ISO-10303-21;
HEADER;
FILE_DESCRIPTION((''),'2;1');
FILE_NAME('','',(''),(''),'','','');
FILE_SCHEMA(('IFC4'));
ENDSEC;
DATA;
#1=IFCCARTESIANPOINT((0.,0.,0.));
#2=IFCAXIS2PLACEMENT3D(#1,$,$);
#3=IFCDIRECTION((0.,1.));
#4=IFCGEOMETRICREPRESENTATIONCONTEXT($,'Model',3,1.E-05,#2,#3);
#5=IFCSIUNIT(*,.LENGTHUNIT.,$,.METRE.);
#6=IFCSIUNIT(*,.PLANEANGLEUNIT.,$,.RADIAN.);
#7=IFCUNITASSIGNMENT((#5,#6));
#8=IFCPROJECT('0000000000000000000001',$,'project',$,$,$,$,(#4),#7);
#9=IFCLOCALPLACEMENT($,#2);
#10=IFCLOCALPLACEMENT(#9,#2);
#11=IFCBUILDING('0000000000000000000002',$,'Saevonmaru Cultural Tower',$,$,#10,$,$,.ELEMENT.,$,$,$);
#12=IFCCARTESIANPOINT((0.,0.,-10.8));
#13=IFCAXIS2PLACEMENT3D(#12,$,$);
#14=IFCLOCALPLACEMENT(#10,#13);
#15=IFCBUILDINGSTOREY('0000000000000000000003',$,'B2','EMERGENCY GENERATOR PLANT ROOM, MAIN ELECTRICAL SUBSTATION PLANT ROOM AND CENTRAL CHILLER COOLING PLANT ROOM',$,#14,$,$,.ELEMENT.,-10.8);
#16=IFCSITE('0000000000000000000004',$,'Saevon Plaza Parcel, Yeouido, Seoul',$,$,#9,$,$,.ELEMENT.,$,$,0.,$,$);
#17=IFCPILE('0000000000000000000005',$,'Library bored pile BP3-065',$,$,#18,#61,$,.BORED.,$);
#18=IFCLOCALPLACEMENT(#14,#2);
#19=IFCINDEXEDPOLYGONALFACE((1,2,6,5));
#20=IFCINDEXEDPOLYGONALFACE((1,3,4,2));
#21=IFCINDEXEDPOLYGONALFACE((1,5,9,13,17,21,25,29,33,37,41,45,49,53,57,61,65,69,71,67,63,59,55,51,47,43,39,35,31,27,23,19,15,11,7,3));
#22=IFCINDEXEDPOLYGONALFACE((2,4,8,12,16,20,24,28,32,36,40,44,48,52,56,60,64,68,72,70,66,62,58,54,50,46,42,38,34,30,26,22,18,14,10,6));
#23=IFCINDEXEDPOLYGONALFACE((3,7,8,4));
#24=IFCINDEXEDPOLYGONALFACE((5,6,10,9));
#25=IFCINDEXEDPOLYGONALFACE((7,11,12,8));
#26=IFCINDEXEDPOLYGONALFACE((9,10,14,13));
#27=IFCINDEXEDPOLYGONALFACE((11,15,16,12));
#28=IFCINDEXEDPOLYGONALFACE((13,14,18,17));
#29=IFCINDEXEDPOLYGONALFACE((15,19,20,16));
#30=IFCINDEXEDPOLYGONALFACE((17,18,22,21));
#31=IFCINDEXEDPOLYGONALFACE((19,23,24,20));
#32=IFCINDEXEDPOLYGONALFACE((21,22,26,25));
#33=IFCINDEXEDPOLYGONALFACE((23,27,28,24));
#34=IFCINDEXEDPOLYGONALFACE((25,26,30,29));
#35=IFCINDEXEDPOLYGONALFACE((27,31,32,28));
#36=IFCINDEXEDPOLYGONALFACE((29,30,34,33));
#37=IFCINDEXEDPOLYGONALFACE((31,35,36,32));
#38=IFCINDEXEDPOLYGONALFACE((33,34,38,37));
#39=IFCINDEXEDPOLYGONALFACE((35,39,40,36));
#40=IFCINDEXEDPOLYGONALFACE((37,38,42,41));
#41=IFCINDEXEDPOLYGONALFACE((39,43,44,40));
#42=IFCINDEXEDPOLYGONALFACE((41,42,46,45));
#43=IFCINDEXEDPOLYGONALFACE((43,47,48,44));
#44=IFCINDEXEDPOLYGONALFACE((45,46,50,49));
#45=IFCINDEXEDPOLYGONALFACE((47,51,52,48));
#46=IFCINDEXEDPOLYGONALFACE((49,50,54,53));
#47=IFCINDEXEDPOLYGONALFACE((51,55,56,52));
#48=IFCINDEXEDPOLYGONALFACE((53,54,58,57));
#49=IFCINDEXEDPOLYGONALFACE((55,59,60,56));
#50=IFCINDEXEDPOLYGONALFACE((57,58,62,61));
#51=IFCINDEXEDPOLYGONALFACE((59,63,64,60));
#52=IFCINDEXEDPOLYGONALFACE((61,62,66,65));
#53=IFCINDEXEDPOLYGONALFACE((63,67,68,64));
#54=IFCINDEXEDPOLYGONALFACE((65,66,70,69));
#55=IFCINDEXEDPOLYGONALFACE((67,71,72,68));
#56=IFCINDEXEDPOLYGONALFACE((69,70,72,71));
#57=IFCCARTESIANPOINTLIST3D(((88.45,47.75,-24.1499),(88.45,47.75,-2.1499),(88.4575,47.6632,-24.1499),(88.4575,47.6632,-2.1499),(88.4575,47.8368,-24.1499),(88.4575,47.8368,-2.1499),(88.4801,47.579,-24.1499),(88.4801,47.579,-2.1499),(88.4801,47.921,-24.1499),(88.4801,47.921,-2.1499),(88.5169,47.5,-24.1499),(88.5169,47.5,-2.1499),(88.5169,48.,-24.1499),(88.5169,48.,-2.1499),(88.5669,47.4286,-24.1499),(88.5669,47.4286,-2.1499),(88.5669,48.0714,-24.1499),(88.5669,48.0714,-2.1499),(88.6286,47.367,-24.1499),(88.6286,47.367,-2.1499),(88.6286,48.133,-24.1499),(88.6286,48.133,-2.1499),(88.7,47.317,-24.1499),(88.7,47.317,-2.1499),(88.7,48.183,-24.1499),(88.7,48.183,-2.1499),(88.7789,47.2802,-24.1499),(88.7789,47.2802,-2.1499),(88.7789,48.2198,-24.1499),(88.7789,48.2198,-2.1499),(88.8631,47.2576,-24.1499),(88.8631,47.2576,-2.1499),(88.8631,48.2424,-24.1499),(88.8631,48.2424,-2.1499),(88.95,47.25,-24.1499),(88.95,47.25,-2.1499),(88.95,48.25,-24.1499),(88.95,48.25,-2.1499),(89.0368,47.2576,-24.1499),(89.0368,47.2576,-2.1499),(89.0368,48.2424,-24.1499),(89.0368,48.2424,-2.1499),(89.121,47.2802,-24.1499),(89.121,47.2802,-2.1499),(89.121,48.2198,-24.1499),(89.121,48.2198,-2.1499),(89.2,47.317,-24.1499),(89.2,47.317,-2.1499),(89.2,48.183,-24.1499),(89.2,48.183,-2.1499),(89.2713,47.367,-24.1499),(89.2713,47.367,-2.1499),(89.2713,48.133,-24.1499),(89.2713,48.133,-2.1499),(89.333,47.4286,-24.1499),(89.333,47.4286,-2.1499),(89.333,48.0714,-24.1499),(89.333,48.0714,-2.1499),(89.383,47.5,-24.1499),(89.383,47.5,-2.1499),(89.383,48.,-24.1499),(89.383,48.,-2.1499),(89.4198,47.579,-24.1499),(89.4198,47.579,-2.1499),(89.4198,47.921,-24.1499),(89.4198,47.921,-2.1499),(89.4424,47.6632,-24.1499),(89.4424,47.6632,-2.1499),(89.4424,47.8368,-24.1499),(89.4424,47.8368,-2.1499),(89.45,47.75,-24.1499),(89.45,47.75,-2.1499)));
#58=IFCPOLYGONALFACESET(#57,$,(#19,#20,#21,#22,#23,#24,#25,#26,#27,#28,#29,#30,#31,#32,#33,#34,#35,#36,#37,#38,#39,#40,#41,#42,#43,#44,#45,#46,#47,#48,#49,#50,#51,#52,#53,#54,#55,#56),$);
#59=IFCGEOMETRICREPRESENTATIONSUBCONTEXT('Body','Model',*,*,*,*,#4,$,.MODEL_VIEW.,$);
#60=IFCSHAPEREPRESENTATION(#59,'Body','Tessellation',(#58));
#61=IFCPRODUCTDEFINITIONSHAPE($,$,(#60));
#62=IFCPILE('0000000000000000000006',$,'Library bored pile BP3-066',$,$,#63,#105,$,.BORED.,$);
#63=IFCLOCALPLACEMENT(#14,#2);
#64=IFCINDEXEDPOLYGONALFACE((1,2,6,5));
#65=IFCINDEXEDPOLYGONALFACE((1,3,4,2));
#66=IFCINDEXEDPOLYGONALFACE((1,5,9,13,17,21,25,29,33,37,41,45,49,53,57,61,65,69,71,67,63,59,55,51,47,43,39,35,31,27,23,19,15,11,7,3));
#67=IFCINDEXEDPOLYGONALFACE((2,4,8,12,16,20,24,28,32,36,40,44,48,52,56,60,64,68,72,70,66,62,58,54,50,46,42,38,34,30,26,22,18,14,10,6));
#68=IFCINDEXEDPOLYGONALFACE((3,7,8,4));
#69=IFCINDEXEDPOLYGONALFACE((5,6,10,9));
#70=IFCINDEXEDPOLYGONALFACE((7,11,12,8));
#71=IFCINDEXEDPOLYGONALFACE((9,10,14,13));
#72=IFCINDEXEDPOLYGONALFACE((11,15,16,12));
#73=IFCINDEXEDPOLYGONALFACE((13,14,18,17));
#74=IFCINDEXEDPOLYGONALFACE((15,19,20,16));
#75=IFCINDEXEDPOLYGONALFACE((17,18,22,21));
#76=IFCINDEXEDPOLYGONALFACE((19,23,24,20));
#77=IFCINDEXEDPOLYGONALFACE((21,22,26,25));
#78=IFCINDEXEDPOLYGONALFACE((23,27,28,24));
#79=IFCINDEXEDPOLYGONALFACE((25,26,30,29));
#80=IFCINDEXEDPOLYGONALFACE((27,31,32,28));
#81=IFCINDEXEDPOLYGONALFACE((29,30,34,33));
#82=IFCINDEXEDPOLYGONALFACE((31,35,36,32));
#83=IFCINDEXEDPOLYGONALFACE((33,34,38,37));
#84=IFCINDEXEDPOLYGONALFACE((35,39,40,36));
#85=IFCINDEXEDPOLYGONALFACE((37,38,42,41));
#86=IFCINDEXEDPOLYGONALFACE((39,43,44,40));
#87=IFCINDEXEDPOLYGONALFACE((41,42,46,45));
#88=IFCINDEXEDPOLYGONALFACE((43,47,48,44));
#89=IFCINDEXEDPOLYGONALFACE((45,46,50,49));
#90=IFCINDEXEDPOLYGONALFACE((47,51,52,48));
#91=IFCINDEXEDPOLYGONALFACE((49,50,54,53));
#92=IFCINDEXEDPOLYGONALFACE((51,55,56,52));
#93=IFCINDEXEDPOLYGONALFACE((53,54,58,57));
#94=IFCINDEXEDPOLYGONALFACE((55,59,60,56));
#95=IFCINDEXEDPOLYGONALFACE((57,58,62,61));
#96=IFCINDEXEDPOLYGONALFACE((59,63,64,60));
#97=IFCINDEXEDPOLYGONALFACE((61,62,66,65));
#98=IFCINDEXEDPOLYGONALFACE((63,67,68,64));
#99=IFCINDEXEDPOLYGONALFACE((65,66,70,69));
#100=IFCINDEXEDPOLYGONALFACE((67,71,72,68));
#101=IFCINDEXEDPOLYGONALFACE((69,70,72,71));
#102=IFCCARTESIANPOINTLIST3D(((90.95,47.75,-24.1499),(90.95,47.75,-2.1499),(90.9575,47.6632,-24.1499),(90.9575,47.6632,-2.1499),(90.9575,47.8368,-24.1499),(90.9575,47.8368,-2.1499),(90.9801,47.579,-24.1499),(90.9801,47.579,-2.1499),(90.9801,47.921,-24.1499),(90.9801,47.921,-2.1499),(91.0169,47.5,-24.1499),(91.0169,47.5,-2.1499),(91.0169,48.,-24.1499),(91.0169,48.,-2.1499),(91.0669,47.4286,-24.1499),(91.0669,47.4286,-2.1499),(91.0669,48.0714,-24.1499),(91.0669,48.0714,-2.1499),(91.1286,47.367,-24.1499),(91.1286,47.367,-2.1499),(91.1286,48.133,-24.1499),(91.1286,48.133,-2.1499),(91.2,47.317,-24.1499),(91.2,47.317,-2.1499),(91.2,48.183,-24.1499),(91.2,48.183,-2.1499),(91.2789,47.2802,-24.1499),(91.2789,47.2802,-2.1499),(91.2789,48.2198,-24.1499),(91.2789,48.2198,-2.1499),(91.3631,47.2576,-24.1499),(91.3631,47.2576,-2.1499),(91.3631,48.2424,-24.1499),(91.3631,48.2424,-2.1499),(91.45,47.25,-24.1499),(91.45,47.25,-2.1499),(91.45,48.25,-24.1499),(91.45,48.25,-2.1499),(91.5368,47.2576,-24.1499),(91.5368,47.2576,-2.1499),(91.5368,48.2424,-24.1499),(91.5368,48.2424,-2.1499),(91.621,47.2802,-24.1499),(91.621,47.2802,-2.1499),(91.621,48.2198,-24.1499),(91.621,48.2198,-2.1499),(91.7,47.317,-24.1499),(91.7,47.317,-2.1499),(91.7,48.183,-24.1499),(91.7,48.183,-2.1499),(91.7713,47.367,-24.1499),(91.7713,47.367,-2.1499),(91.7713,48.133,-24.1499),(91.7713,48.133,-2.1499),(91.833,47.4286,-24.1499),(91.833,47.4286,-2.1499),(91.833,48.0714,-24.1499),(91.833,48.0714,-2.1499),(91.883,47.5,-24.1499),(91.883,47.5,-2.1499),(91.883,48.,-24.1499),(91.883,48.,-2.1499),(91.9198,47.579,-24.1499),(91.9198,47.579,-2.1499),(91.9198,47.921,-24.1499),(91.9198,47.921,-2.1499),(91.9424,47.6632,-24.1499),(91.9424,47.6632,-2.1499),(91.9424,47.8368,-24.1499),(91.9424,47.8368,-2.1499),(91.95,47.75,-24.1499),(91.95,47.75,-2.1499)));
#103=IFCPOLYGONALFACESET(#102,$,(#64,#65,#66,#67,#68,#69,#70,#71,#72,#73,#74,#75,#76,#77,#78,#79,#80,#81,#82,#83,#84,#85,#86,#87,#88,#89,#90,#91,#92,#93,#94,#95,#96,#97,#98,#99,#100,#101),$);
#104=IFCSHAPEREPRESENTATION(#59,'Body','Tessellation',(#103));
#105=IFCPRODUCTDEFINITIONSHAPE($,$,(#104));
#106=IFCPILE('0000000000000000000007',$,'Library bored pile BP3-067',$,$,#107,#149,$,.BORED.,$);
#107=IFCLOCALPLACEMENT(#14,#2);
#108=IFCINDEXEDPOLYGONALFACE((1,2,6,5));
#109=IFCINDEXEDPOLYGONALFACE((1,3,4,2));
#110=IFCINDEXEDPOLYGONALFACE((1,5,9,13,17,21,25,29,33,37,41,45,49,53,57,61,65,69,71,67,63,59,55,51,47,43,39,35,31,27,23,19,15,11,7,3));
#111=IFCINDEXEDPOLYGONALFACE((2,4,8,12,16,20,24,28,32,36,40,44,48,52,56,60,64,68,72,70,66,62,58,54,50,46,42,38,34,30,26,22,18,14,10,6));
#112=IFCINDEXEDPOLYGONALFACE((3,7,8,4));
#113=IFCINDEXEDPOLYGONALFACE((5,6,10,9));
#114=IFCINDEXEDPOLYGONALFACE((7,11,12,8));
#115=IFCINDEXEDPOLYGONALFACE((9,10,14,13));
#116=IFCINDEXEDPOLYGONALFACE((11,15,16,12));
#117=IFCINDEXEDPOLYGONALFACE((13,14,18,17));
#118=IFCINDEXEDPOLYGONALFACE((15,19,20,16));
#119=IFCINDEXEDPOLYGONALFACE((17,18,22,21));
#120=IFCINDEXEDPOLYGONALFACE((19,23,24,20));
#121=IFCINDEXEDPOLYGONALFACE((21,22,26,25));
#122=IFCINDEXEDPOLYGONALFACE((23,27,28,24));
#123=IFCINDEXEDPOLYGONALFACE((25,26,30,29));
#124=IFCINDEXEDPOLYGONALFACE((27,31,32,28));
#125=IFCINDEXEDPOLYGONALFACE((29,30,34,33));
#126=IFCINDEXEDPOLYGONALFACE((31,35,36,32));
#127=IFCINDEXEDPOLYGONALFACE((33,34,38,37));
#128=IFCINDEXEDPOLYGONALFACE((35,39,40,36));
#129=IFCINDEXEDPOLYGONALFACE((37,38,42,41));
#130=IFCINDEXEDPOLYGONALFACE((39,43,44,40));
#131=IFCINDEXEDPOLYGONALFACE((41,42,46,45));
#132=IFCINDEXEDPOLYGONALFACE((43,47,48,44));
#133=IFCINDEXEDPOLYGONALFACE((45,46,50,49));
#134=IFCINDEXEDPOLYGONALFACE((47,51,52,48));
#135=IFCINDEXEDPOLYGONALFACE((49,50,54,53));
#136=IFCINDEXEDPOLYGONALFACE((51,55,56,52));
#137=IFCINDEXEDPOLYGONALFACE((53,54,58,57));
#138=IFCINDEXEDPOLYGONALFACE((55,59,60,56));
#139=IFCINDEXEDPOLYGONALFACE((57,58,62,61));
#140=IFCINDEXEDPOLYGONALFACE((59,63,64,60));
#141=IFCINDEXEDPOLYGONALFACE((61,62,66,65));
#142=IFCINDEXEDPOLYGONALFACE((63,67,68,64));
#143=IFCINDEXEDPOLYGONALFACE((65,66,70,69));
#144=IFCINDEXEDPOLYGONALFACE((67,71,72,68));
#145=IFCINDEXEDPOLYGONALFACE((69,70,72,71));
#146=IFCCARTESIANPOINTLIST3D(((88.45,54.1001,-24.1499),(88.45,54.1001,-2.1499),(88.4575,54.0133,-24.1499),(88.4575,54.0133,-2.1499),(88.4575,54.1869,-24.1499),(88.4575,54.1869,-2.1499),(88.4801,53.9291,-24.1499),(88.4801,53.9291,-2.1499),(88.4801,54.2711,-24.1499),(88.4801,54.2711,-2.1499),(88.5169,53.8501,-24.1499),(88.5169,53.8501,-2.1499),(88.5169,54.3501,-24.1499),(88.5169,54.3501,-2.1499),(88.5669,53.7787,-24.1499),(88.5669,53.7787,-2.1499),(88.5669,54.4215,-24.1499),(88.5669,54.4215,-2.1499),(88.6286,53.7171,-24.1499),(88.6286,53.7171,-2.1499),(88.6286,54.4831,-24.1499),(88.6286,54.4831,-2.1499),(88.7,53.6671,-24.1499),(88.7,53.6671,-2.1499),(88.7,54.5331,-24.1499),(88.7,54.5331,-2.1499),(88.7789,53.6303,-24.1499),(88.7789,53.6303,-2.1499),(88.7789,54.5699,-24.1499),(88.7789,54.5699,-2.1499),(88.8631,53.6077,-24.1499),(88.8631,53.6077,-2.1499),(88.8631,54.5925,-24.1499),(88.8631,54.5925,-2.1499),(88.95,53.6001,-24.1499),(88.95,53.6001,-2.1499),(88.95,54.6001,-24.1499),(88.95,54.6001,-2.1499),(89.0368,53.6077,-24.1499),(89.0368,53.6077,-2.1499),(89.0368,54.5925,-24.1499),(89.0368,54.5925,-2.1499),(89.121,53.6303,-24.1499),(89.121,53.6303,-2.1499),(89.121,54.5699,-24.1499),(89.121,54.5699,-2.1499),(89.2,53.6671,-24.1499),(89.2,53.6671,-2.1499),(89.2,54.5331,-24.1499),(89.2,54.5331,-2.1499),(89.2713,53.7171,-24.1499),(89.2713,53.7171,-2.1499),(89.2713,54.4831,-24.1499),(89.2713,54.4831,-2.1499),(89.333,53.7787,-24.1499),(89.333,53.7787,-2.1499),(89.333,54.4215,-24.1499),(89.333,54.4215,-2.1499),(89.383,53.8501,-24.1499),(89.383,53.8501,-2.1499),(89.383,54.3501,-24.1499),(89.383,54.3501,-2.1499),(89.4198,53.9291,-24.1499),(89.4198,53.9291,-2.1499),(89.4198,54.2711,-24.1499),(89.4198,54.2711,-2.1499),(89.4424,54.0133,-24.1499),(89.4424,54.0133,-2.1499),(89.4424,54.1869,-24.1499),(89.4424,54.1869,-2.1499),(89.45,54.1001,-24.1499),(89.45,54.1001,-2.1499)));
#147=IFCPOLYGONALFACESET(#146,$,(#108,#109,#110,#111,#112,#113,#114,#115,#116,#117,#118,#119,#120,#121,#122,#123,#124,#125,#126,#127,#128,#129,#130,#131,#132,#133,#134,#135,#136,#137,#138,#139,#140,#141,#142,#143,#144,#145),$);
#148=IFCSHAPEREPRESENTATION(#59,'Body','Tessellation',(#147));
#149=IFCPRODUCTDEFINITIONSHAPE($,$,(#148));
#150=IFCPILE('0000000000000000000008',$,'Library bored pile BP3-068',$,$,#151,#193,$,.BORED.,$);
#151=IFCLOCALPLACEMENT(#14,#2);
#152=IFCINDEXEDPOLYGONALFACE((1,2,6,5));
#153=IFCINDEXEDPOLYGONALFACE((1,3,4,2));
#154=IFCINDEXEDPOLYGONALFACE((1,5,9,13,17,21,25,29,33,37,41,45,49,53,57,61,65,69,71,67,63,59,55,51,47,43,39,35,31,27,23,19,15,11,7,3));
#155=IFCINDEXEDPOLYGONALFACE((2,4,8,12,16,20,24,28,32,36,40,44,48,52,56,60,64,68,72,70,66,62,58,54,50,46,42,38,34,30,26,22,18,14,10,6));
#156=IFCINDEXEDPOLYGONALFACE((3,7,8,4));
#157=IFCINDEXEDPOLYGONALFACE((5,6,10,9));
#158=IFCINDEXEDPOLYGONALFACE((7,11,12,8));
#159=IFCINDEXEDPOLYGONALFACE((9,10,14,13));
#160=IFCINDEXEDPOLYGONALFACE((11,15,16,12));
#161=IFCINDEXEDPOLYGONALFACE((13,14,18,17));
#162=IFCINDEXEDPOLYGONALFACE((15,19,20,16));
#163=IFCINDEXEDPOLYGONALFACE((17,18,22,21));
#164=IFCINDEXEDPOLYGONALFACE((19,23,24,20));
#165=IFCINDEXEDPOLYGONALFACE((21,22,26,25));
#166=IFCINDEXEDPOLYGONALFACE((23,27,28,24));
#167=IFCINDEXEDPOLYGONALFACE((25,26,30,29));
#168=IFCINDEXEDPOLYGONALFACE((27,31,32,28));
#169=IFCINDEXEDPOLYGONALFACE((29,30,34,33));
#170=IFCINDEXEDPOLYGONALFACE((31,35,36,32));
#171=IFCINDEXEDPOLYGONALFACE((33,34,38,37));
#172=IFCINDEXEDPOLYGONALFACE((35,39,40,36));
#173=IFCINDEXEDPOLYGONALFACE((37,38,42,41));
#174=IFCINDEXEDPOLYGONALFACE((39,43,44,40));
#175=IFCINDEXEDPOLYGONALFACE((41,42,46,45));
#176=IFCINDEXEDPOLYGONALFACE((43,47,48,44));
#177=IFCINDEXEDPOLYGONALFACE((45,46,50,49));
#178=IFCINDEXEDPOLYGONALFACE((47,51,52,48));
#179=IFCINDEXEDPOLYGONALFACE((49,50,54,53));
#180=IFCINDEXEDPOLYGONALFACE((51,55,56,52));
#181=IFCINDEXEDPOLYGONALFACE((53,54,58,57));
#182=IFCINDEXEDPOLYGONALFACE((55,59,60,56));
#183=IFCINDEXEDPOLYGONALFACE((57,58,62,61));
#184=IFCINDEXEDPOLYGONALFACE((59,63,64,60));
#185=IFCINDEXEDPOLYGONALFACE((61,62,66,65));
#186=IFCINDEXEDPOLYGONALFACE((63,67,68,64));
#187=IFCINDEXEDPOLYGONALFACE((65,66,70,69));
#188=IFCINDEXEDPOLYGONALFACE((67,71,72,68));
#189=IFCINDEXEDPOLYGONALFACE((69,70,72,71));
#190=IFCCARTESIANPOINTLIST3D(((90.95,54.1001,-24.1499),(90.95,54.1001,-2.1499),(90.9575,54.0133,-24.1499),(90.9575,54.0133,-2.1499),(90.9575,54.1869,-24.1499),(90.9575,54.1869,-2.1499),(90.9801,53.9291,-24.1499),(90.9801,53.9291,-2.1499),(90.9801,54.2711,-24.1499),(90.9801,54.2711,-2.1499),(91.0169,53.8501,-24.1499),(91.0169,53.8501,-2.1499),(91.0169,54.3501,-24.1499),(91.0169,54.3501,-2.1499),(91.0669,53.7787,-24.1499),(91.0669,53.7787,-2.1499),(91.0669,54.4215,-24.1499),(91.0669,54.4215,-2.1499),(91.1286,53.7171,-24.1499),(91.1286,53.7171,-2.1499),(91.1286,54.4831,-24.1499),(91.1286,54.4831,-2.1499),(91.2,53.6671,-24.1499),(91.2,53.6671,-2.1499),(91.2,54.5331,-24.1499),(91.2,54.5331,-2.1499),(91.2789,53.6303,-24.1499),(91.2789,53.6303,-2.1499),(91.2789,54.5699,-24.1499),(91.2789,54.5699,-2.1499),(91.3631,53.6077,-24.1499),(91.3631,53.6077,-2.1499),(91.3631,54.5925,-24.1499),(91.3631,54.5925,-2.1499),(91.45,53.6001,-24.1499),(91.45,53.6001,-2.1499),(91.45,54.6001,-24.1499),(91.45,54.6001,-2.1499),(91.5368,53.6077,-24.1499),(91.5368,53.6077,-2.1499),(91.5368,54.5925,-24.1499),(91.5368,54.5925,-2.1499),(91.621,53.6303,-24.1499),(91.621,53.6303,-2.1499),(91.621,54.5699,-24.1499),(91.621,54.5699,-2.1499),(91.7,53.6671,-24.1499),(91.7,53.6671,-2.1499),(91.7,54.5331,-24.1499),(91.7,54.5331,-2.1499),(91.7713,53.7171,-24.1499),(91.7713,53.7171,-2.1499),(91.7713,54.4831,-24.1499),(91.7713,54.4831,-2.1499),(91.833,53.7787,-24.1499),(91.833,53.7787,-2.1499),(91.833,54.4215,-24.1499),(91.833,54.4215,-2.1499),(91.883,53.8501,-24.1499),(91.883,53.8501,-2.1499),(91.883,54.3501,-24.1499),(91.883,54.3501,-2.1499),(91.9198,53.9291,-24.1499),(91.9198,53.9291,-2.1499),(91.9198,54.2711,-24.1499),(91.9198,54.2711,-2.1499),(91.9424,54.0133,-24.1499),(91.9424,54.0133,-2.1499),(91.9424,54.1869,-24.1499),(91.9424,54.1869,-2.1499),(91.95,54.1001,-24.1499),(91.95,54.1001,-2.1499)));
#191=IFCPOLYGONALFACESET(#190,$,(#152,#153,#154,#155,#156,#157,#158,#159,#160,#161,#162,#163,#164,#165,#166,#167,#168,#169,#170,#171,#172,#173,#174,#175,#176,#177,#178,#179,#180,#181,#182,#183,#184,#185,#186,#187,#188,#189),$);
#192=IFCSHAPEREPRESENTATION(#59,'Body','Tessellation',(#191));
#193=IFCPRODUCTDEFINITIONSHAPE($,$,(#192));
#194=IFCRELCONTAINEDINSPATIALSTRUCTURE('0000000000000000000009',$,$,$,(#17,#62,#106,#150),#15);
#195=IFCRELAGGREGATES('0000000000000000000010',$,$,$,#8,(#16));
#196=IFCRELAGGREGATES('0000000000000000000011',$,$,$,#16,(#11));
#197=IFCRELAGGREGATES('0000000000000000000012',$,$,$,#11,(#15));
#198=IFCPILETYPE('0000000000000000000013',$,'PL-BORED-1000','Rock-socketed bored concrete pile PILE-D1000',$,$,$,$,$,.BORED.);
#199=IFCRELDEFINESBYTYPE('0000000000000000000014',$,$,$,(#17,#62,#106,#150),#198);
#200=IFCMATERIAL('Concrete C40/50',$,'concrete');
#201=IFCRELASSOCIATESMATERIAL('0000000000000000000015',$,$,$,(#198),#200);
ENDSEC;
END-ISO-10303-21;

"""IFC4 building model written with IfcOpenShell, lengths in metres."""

from ifc_helpers import new_model, si_unit, direction, frame, origin, origin_2d, place, context, subcontext, project, spatial, circle, extrude, material, material_profile, profile_set, type_object, element, save


model = new_model("IFC4")

# Units and contexts
model_context = context("Model", 3, precision=1e-05, world=origin(), true_north=direction((0.0, 1.0)))
body_context = subcontext(model_context, "Body", "Model", "MODEL_VIEW")
ifc_project = project(units=[si_unit("LENGTHUNIT", "METRE"), si_unit("PLANEANGLEUNIT", "RADIAN")], contexts=[model_context])

# Site, building, storey
site_placement = place(None, origin())
site = spatial("IfcSite", under=ifc_project, at=site_placement, Name="Saevon Plaza Parcel, Yeouido, Seoul", CompositionType="ELEMENT", RefElevation=0.0)
building_placement = place(site_placement, origin())
building = spatial("IfcBuilding", under=site, at=building_placement, Name="Saevonmaru Cultural Tower", CompositionType="ELEMENT")
storey_placement = place(building_placement, frame((0.0, 0.0, -10.8)))
storey = spatial("IfcBuildingStorey", under=building, at=storey_placement, Name="B2", Description="EMERGENCY GENERATOR PLANT ROOM, MAIN ELECTRICAL SUBSTATION PLANT ROOM AND CENTRAL CHILLER COOLING PLANT ROOM", CompositionType="ELEMENT", Elevation=-10.8)

# Piles
ifc_material_1 = material(Name="Concrete C40/50", Category="concrete")
ifc_material_profile_1 = material_profile(ifc_material_1, circle(Radius=0.5, at=origin_2d()), Name="PILE-D1000")
ifc_profile_set_1 = profile_set([ifc_material_profile_1], Name="Concrete C40/50")
pile_type_1 = type_object("IfcPileType", Name="PL-BORED-1000", Description="Rock-socketed bored concrete pile PILE-D1000", PredefinedType="BORED", material=ifc_profile_set_1)
for number, where, z_axis, x_axis, name in (
    (1, (88.95, 47.75, -2.1499), (0.0, 0.0, -1.0), (1.0, 0.0, 0.0), "Library bored pile BP3-065"),
    (2, (91.45, 47.75, -2.1499), (0.0, 0.0, -1.0), (1.0, 0.0, 0.0), "Library bored pile BP3-066"),
    (3, (88.95, 54.1001, -2.1499), (0.0, 0.0, -1.0), (1.0, 0.0, 0.0), "Library bored pile BP3-067"),
    (4, (91.45, 54.1001, -2.1499), (0.0, 0.0, -1.0), (1.0, 0.0, 0.0), "Library bored pile BP3-068"),
):
    element("IfcPile", number, at=place(storey_placement, frame(where, z_axis=z_axis, x_axis=x_axis)), inside=storey, type_object=pile_type_1, Name=name, PredefinedType="BORED", context=body_context, shape_type="SweptSolid", body=[
        extrude(circle(Radius=0.5, at=origin_2d()), origin(), (0.0, 0.0, 1.0), 22.0),
    ])

save(model, "model.ifc")
